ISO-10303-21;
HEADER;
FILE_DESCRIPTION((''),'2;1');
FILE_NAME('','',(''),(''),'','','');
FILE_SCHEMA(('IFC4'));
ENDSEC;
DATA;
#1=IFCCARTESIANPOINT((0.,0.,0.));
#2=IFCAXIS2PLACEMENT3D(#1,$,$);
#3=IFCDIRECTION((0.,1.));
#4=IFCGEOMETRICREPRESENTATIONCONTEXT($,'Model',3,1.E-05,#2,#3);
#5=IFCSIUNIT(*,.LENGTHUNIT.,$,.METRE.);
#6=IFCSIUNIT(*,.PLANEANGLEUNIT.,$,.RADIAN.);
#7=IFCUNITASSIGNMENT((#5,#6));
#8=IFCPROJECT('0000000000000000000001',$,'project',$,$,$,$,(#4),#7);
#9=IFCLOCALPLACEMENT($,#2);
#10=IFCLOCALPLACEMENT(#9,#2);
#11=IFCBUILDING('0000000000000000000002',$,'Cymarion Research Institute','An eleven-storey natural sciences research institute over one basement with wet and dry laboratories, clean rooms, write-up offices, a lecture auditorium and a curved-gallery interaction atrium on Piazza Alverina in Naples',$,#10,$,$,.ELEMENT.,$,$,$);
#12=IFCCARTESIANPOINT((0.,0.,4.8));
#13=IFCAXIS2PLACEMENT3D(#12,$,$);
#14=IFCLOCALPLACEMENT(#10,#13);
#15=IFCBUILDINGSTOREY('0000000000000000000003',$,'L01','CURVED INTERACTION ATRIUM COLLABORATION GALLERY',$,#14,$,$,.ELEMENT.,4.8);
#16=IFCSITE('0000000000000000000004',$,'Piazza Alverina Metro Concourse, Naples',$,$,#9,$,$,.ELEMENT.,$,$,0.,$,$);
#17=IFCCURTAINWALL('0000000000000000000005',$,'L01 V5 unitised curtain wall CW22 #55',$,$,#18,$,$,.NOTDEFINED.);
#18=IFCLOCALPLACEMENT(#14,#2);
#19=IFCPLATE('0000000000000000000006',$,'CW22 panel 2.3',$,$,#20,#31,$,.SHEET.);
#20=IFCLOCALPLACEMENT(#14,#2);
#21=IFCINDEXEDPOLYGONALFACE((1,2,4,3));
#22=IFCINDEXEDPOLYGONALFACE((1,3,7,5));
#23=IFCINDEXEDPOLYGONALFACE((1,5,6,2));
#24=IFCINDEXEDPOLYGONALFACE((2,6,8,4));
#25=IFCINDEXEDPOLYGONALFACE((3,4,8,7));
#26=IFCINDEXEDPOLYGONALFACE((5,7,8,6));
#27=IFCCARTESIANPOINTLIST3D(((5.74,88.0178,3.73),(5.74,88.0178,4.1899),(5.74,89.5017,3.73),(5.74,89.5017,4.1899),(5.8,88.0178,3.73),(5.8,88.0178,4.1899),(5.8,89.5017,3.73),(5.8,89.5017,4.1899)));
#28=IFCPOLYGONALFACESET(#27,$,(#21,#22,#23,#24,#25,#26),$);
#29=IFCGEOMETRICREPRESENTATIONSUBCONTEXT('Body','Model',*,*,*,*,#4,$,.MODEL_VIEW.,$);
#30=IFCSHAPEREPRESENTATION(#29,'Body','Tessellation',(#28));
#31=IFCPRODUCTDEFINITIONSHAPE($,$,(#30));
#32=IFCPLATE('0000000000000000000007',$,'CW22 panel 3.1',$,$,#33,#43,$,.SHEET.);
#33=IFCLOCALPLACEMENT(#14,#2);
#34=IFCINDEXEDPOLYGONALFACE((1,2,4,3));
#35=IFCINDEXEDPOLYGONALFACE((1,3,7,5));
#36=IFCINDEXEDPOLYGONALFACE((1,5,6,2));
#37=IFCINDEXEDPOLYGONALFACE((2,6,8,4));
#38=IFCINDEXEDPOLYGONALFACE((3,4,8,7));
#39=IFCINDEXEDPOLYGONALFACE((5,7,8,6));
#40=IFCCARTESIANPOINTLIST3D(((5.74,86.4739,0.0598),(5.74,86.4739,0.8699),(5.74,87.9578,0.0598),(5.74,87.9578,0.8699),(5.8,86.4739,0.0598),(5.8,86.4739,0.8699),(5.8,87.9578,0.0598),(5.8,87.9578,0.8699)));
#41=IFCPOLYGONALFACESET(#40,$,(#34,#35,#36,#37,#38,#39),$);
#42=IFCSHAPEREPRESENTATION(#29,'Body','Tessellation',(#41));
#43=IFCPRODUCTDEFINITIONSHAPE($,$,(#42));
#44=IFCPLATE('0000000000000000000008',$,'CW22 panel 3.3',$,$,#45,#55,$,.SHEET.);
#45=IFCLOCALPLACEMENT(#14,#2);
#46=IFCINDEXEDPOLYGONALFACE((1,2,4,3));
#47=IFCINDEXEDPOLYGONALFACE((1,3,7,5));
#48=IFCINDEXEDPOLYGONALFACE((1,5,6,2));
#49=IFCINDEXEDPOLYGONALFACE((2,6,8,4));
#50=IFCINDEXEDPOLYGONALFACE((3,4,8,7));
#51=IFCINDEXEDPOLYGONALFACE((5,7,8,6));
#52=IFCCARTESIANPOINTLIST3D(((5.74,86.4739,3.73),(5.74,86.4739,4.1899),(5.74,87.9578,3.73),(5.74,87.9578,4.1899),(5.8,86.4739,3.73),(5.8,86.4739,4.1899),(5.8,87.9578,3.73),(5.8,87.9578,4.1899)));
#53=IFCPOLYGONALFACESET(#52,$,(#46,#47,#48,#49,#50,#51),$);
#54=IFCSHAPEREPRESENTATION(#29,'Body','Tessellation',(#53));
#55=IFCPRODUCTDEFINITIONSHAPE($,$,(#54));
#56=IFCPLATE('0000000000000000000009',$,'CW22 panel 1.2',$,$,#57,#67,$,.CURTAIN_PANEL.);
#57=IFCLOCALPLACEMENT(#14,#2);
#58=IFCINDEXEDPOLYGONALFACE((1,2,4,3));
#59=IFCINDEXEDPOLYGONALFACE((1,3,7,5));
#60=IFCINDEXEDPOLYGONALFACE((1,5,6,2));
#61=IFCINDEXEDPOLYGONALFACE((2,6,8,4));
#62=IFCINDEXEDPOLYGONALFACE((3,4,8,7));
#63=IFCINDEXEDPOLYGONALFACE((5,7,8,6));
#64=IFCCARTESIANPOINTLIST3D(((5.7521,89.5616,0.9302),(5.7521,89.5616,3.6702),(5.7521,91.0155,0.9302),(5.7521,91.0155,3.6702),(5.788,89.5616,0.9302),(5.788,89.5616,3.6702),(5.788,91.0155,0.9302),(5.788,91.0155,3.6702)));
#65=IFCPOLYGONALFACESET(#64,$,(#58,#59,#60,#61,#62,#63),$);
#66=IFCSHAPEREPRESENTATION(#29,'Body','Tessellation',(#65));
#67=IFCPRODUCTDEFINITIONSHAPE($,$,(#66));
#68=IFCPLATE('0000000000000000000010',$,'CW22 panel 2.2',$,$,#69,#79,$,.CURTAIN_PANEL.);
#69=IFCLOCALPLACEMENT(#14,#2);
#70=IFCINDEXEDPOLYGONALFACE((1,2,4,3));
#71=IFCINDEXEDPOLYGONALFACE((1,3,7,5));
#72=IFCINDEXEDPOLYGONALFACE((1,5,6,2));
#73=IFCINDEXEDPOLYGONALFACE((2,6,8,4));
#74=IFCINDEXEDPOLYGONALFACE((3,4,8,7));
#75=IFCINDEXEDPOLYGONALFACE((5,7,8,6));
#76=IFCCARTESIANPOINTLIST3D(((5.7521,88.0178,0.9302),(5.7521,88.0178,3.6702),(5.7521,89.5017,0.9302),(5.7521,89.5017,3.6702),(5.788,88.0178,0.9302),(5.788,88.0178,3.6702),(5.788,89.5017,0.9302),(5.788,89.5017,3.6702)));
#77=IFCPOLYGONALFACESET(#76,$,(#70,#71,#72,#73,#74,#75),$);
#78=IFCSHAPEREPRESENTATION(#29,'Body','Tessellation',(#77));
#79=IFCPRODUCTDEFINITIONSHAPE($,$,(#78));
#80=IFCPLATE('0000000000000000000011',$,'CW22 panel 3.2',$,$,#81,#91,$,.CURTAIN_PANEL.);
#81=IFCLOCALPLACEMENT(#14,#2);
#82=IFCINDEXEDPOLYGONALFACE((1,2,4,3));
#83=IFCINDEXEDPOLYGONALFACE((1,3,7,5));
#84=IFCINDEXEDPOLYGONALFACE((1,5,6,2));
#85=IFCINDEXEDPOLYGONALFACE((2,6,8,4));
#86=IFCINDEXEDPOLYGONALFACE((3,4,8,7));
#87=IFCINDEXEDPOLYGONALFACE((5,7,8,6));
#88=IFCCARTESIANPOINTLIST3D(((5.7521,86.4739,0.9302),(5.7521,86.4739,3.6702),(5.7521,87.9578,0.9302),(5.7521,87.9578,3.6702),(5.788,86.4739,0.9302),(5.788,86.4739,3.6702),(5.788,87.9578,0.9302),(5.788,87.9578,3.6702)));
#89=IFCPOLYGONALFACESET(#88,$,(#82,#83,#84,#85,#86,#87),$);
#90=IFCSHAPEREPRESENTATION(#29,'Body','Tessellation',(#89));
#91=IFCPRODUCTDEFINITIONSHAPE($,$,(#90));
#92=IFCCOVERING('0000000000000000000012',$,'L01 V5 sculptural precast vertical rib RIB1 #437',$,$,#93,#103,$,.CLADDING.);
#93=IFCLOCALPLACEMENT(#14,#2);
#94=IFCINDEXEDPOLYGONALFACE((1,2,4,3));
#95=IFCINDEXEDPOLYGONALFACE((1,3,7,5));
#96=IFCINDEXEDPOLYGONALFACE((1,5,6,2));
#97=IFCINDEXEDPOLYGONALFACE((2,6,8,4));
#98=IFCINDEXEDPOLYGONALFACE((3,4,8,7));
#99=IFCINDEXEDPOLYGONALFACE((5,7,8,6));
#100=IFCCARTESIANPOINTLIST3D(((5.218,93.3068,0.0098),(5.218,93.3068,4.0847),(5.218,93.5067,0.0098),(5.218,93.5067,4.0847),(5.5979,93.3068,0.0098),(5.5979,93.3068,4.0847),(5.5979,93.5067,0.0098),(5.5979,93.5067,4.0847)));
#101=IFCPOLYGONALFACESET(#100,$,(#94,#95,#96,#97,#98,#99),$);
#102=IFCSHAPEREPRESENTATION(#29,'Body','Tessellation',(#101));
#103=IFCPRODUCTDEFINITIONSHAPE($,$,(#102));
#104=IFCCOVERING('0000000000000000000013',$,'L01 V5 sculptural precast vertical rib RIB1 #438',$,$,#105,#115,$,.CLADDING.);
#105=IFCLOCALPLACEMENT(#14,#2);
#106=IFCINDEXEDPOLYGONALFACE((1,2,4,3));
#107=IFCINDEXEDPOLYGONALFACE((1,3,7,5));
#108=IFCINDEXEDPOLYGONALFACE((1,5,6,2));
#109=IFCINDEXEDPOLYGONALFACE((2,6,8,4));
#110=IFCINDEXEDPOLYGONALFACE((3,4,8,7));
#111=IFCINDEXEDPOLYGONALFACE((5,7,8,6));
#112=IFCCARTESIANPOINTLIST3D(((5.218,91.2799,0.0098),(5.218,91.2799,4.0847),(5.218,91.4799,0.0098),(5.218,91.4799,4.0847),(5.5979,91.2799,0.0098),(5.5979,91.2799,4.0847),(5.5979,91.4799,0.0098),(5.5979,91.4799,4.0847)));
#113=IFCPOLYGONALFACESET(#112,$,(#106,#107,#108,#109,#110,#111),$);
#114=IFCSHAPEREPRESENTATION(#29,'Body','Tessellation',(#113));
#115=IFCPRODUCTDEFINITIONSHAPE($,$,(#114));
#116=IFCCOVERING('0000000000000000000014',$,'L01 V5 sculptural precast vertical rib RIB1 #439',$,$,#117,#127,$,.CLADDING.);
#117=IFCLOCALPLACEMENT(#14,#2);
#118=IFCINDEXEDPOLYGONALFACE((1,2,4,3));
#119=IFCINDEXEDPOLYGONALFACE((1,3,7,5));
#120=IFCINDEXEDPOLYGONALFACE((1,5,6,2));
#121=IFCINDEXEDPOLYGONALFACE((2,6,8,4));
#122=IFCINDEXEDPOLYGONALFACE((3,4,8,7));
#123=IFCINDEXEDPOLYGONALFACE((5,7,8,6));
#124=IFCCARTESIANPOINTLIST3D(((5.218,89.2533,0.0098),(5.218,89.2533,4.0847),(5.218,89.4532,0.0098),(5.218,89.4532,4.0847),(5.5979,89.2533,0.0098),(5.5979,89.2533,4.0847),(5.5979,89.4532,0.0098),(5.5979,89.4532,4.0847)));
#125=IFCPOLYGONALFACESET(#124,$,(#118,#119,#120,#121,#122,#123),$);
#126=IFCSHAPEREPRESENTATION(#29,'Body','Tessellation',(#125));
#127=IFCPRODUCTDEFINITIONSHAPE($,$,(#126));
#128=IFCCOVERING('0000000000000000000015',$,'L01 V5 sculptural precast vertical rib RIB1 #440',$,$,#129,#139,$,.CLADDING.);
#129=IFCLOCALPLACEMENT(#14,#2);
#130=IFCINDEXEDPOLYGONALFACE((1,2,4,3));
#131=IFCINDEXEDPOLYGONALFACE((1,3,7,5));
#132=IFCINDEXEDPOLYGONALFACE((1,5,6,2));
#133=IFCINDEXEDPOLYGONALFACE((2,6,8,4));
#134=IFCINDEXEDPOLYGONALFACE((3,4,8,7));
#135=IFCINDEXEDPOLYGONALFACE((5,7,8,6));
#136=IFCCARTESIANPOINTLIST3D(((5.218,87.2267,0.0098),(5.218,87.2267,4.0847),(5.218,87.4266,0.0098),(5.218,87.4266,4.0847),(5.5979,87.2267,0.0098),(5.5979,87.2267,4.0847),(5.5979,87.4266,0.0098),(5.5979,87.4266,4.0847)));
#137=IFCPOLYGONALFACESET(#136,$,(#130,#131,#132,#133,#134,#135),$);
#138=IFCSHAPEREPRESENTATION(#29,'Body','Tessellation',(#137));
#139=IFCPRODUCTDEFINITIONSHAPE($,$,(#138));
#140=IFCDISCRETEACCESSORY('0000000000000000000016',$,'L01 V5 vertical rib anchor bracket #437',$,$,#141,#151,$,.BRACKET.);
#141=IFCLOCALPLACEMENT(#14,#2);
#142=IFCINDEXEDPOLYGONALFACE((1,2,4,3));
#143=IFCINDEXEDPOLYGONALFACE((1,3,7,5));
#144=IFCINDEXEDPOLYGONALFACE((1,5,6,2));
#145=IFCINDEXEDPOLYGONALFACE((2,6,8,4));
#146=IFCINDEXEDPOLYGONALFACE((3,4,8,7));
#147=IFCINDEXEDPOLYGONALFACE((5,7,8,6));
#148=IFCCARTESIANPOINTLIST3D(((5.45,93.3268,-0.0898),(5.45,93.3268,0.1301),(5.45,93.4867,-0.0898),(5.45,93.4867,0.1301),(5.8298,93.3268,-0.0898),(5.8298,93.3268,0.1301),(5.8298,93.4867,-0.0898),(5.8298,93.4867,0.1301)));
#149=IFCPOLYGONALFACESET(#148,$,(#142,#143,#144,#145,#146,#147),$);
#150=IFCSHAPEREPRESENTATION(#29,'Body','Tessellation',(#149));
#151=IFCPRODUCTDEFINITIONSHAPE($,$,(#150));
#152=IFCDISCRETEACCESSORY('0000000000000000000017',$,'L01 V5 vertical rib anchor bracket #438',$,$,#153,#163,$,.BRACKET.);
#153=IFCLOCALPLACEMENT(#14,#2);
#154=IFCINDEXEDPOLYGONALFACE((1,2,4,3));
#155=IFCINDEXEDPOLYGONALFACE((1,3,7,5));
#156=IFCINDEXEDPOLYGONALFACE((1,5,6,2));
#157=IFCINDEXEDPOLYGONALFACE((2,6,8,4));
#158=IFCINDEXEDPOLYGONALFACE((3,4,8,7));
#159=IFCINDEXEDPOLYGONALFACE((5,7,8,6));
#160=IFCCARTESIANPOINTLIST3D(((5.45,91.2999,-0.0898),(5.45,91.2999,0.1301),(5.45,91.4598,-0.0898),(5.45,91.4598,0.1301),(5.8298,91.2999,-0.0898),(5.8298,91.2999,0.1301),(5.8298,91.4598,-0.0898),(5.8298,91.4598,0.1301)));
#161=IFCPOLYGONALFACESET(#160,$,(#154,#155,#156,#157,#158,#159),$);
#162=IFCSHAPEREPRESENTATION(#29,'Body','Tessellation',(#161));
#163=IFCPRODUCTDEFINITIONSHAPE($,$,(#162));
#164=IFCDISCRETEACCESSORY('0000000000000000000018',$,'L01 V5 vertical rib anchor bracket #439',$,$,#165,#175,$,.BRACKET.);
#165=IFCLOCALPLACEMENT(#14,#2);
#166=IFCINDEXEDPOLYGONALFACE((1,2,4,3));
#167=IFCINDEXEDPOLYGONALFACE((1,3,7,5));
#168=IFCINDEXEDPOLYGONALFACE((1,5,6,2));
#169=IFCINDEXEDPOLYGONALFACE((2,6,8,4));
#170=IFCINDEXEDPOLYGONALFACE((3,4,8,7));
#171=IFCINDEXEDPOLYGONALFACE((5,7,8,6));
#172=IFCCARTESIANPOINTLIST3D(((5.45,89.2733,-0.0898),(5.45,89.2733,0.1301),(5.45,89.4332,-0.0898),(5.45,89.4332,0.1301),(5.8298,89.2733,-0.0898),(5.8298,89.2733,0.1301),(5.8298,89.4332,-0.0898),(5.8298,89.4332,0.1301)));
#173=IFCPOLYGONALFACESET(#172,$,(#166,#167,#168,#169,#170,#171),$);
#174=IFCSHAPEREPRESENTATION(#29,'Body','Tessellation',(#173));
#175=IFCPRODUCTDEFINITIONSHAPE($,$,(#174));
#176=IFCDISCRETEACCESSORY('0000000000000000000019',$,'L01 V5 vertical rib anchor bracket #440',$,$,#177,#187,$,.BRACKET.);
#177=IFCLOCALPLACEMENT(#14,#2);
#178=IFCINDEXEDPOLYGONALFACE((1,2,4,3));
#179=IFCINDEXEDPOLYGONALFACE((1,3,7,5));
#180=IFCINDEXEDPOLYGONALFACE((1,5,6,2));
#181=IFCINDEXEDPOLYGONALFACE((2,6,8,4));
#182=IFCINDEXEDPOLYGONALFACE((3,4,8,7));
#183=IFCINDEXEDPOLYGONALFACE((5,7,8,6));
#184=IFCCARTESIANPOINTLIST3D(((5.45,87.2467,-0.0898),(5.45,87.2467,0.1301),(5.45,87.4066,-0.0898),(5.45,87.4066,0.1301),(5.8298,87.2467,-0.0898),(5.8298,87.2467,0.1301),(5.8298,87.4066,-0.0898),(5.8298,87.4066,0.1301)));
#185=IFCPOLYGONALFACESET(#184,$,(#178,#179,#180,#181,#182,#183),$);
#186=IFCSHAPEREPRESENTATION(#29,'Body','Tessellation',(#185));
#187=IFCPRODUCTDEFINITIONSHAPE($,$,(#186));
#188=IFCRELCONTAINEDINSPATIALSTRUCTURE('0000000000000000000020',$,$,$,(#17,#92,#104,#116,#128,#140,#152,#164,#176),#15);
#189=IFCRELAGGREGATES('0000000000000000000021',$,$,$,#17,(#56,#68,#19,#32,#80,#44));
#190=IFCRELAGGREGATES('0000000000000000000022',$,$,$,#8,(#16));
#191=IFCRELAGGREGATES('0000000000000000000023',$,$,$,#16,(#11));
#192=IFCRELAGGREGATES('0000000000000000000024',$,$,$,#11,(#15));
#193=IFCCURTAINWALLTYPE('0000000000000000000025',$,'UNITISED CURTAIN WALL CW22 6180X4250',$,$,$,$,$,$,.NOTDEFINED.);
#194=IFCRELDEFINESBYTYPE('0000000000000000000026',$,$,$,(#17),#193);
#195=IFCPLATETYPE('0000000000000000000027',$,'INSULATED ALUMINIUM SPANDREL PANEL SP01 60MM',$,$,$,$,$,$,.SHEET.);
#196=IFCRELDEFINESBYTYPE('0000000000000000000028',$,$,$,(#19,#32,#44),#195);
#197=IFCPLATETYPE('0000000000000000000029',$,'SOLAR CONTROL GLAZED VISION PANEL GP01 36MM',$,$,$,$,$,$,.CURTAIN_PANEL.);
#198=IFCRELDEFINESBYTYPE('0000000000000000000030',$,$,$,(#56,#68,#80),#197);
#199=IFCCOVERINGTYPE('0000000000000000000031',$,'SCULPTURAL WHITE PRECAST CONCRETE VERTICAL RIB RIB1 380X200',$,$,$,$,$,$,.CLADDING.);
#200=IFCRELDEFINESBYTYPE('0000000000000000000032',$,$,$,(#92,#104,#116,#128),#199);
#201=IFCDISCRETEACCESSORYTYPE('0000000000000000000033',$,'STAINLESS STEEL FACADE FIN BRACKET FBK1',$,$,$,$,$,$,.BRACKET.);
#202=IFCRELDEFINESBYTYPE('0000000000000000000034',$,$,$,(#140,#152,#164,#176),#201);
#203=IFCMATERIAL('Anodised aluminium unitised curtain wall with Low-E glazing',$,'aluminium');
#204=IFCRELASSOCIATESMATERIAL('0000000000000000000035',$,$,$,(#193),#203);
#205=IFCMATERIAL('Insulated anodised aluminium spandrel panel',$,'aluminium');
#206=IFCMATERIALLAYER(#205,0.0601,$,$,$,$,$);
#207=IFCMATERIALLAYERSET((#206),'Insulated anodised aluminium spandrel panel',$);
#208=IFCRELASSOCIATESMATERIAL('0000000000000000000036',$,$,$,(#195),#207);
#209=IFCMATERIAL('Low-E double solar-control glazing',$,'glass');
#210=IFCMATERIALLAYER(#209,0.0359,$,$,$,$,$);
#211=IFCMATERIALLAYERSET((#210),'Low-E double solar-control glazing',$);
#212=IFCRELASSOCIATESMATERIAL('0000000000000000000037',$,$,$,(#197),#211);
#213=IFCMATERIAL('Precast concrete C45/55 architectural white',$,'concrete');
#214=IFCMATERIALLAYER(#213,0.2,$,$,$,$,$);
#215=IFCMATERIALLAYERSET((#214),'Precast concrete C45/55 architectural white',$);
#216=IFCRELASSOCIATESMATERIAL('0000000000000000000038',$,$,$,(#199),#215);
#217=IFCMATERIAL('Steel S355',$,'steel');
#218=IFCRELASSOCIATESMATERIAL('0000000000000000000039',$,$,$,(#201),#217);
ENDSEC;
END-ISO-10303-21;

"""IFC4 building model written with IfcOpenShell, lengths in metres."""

from ifc_helpers import new_model, si_unit, direction, frame, origin, origin_2d, place, context, subcontext, project, spatial, rectangle, extrude, material, layer, layer_set, type_object, element, aggregate, save


model = new_model("IFC4")

# Units and contexts
model_context = context("Model", 3, precision=1e-05, world=origin(), true_north=direction((0.0, 1.0)))
body_context = subcontext(model_context, "Body", "Model", "MODEL_VIEW")
ifc_project = project(units=[si_unit("LENGTHUNIT", "METRE"), si_unit("PLANEANGLEUNIT", "RADIAN")], contexts=[model_context])

# Site, building, storey
site_placement = place(None, origin())
site = spatial("IfcSite", under=ifc_project, at=site_placement, Name="Piazza Alverina Metro Concourse, Naples", CompositionType="ELEMENT", RefElevation=0.0)
building_placement = place(site_placement, origin())
building = spatial("IfcBuilding", under=site, at=building_placement, Name="Cymarion Research Institute", Description="An eleven-storey natural sciences research institute over one basement with wet and dry laboratories, clean rooms, write-up offices, a lecture auditorium and a curved-gallery interaction atrium on Piazza Alverina in Naples", CompositionType="ELEMENT")
storey_placement = place(building_placement, frame((0.0, 0.0, 4.8)))
storey = spatial("IfcBuildingStorey", under=building, at=storey_placement, Name="L01", Description="CURVED INTERACTION ATRIUM COLLABORATION GALLERY", CompositionType="ELEMENT", Elevation=4.8)

# Curtain wall, plates
ifc_material_1 = material(Name="Anodised aluminium unitised curtain wall with Low-E glazing", Category="aluminium")
curtain_wall_type = type_object("IfcCurtainWallType", Name="UNITISED CURTAIN WALL CW22 6180X4250", PredefinedType="NOTDEFINED", material=ifc_material_1)
curtain_wall_placement = place(storey_placement, origin())
curtain_wall = element("IfcCurtainWall", 1, at=curtain_wall_placement, inside=storey, type_object=curtain_wall_type, Name="L01 V5 unitised curtain wall CW22 #55", PredefinedType="NOTDEFINED")
ifc_material_2 = material(Name="Insulated anodised aluminium spandrel panel", Category="aluminium")
ifc_layer_1 = layer(ifc_material_2, 0.0601)
ifc_layer_set_1 = layer_set([ifc_layer_1], Name="Insulated anodised aluminium spandrel panel")
plate_type_1 = type_object("IfcPlateType", Name="INSULATED ALUMINIUM SPANDREL PANEL SP01 60MM", PredefinedType="SHEET", material=ifc_layer_set_1)
plate_1_placement = place(storey_placement, frame((5.77, 88.7598, 3.73), z_axis=(0.0, 0.0, 1.0), x_axis=(0.0, -1.0, 0.0)))
plate_1 = element("IfcPlate", 2, at=plate_1_placement, type_object=plate_type_1, Name="CW22 panel 2.3", PredefinedType="SHEET", context=body_context, shape_type="SweptSolid", body=[
    extrude(rectangle(XDim=1.4839, YDim=0.0601, at=origin_2d()), origin(), (0.0, 0.0, 1.0), 0.46),
])
plate_2_placement = place(storey_placement, frame((5.77, 87.2158, 0.0598), z_axis=(0.0, 0.0, 1.0), x_axis=(0.0, -1.0, 0.0)))
plate_2 = element("IfcPlate", 3, at=plate_2_placement, type_object=plate_type_1, Name="CW22 panel 3.1", PredefinedType="SHEET", context=body_context, shape_type="SweptSolid", body=[
    extrude(rectangle(XDim=1.4839, YDim=0.0601, at=origin_2d()), origin(), (0.0, 0.0, 1.0), 0.8101),
])
plate_3_placement = place(storey_placement, frame((5.77, 87.2158, 3.73), z_axis=(0.0, 0.0, 1.0), x_axis=(0.0, -1.0, 0.0)))
plate_3 = element("IfcPlate", 4, at=plate_3_placement, type_object=plate_type_1, Name="CW22 panel 3.3", PredefinedType="SHEET", context=body_context, shape_type="SweptSolid", body=[
    extrude(rectangle(XDim=1.4839, YDim=0.0601, at=origin_2d()), origin(), (0.0, 0.0, 1.0), 0.46),
])
ifc_material_3 = material(Name="Low-E double solar-control glazing", Category="glass")
ifc_layer_2 = layer(ifc_material_3, 0.0359)
ifc_layer_set_2 = layer_set([ifc_layer_2], Name="Low-E double solar-control glazing")
plate_type_2 = type_object("IfcPlateType", Name="SOLAR CONTROL GLAZED VISION PANEL GP01 36MM", PredefinedType="CURTAIN_PANEL", material=ifc_layer_set_2)
plate_4_placement = place(storey_placement, frame((5.77, 90.2886, 0.9302), z_axis=(0.0, 0.0, 1.0), x_axis=(0.0, -1.0, 0.0)))
plate_4 = element("IfcPlate", 5, at=plate_4_placement, type_object=plate_type_2, Name="CW22 panel 1.2", PredefinedType="CURTAIN_PANEL", context=body_context, shape_type="SweptSolid", body=[
    extrude(rectangle(XDim=1.4539, YDim=0.0359, at=origin_2d()), origin(), (0.0, 0.0, 1.0), 2.74),
])
plate_5_placement = place(storey_placement, frame((5.77, 88.7598, 0.9302), z_axis=(0.0, 0.0, 1.0), x_axis=(0.0, -1.0, 0.0)))
plate_5 = element("IfcPlate", 6, at=plate_5_placement, type_object=plate_type_2, Name="CW22 panel 2.2", PredefinedType="CURTAIN_PANEL", context=body_context, shape_type="SweptSolid", body=[
    extrude(rectangle(XDim=1.4839, YDim=0.0359, at=origin_2d()), origin(), (0.0, 0.0, 1.0), 2.74),
])
plate_6_placement = place(storey_placement, frame((5.77, 87.2158, 0.9302), z_axis=(0.0, 0.0, 1.0), x_axis=(0.0, -1.0, 0.0)))
plate_6 = element("IfcPlate", 7, at=plate_6_placement, type_object=plate_type_2, Name="CW22 panel 3.2", PredefinedType="CURTAIN_PANEL", context=body_context, shape_type="SweptSolid", body=[
    extrude(rectangle(XDim=1.4839, YDim=0.0359, at=origin_2d()), origin(), (0.0, 0.0, 1.0), 2.74),
])
aggregate(curtain_wall, [plate_4, plate_5, plate_1, plate_2, plate_6, plate_3])

# Coverings
ifc_material_4 = material(Name="Precast concrete C45/55 architectural white", Category="concrete")
ifc_layer_3 = layer(ifc_material_4, 0.2)
ifc_layer_set_3 = layer_set([ifc_layer_3], Name="Precast concrete C45/55 architectural white")
covering_type = type_object("IfcCoveringType", Name="SCULPTURAL WHITE PRECAST CONCRETE VERTICAL RIB RIB1 380X200", PredefinedType="CLADDING", material=ifc_layer_set_3)
for number, where, z_axis, x_axis, name in (
    (8, (5.408, 93.4067, 0.0098), (0.0, 0.0, 1.0), (-1.0, 0.0, 0.0), "L01 V5 sculptural precast vertical rib RIB1 #437"),
    (9, (5.408, 91.3799, 0.0098), (0.0, 0.0, 1.0), (-1.0, 0.0, 0.0), "L01 V5 sculptural precast vertical rib RIB1 #438"),
    (10, (5.408, 89.3533, 0.0098), (0.0, 0.0, 1.0), (-1.0, 0.0, 0.0), "L01 V5 sculptural precast vertical rib RIB1 #439"),
    (11, (5.408, 87.3267, 0.0098), (0.0, 0.0, 1.0), (-1.0, 0.0, 0.0), "L01 V5 sculptural precast vertical rib RIB1 #440"),
):
    element("IfcCovering", number, at=place(storey_placement, frame(where, z_axis=z_axis, x_axis=x_axis)), inside=storey, type_object=covering_type, Name=name, PredefinedType="CLADDING", context=body_context, shape_type="SweptSolid", body=[
        extrude(rectangle(XDim=0.3799, YDim=0.2, at=origin_2d()), origin(), (0.0, 0.0, 1.0), 4.075),
    ])

# Discrete accessories
ifc_material_5 = material(Name="Steel S355", Category="steel")
discrete_accessory_type = type_object("IfcDiscreteAccessoryType", Name="STAINLESS STEEL FACADE FIN BRACKET FBK1", PredefinedType="BRACKET", material=ifc_material_5)
for number, where, z_axis, x_axis, name in (
    (12, (5.6399, 93.4067, -0.0898), (0.0, 0.0, 1.0), (-1.0, 0.0, 0.0), "L01 V5 vertical rib anchor bracket #437"),
    (13, (5.6399, 91.3799, -0.0898), (0.0, 0.0, 1.0), (-1.0, 0.0, 0.0), "L01 V5 vertical rib anchor bracket #438"),
    (14, (5.6399, 89.3533, -0.0898), (0.0, 0.0, 1.0), (-1.0, 0.0, 0.0), "L01 V5 vertical rib anchor bracket #439"),
    (15, (5.6399, 87.3267, -0.0898), (0.0, 0.0, 1.0), (-1.0, 0.0, 0.0), "L01 V5 vertical rib anchor bracket #440"),
):
    element("IfcDiscreteAccessory", number, at=place(storey_placement, frame(where, z_axis=z_axis, x_axis=x_axis)), inside=storey, type_object=discrete_accessory_type, Name=name, PredefinedType="BRACKET", context=body_context, shape_type="SweptSolid", body=[
        extrude(rectangle(XDim=0.3799, YDim=0.1599, at=origin_2d()), origin(), (0.0, 0.0, 1.0), 0.22),
    ])

save(model, "model.ifc")
